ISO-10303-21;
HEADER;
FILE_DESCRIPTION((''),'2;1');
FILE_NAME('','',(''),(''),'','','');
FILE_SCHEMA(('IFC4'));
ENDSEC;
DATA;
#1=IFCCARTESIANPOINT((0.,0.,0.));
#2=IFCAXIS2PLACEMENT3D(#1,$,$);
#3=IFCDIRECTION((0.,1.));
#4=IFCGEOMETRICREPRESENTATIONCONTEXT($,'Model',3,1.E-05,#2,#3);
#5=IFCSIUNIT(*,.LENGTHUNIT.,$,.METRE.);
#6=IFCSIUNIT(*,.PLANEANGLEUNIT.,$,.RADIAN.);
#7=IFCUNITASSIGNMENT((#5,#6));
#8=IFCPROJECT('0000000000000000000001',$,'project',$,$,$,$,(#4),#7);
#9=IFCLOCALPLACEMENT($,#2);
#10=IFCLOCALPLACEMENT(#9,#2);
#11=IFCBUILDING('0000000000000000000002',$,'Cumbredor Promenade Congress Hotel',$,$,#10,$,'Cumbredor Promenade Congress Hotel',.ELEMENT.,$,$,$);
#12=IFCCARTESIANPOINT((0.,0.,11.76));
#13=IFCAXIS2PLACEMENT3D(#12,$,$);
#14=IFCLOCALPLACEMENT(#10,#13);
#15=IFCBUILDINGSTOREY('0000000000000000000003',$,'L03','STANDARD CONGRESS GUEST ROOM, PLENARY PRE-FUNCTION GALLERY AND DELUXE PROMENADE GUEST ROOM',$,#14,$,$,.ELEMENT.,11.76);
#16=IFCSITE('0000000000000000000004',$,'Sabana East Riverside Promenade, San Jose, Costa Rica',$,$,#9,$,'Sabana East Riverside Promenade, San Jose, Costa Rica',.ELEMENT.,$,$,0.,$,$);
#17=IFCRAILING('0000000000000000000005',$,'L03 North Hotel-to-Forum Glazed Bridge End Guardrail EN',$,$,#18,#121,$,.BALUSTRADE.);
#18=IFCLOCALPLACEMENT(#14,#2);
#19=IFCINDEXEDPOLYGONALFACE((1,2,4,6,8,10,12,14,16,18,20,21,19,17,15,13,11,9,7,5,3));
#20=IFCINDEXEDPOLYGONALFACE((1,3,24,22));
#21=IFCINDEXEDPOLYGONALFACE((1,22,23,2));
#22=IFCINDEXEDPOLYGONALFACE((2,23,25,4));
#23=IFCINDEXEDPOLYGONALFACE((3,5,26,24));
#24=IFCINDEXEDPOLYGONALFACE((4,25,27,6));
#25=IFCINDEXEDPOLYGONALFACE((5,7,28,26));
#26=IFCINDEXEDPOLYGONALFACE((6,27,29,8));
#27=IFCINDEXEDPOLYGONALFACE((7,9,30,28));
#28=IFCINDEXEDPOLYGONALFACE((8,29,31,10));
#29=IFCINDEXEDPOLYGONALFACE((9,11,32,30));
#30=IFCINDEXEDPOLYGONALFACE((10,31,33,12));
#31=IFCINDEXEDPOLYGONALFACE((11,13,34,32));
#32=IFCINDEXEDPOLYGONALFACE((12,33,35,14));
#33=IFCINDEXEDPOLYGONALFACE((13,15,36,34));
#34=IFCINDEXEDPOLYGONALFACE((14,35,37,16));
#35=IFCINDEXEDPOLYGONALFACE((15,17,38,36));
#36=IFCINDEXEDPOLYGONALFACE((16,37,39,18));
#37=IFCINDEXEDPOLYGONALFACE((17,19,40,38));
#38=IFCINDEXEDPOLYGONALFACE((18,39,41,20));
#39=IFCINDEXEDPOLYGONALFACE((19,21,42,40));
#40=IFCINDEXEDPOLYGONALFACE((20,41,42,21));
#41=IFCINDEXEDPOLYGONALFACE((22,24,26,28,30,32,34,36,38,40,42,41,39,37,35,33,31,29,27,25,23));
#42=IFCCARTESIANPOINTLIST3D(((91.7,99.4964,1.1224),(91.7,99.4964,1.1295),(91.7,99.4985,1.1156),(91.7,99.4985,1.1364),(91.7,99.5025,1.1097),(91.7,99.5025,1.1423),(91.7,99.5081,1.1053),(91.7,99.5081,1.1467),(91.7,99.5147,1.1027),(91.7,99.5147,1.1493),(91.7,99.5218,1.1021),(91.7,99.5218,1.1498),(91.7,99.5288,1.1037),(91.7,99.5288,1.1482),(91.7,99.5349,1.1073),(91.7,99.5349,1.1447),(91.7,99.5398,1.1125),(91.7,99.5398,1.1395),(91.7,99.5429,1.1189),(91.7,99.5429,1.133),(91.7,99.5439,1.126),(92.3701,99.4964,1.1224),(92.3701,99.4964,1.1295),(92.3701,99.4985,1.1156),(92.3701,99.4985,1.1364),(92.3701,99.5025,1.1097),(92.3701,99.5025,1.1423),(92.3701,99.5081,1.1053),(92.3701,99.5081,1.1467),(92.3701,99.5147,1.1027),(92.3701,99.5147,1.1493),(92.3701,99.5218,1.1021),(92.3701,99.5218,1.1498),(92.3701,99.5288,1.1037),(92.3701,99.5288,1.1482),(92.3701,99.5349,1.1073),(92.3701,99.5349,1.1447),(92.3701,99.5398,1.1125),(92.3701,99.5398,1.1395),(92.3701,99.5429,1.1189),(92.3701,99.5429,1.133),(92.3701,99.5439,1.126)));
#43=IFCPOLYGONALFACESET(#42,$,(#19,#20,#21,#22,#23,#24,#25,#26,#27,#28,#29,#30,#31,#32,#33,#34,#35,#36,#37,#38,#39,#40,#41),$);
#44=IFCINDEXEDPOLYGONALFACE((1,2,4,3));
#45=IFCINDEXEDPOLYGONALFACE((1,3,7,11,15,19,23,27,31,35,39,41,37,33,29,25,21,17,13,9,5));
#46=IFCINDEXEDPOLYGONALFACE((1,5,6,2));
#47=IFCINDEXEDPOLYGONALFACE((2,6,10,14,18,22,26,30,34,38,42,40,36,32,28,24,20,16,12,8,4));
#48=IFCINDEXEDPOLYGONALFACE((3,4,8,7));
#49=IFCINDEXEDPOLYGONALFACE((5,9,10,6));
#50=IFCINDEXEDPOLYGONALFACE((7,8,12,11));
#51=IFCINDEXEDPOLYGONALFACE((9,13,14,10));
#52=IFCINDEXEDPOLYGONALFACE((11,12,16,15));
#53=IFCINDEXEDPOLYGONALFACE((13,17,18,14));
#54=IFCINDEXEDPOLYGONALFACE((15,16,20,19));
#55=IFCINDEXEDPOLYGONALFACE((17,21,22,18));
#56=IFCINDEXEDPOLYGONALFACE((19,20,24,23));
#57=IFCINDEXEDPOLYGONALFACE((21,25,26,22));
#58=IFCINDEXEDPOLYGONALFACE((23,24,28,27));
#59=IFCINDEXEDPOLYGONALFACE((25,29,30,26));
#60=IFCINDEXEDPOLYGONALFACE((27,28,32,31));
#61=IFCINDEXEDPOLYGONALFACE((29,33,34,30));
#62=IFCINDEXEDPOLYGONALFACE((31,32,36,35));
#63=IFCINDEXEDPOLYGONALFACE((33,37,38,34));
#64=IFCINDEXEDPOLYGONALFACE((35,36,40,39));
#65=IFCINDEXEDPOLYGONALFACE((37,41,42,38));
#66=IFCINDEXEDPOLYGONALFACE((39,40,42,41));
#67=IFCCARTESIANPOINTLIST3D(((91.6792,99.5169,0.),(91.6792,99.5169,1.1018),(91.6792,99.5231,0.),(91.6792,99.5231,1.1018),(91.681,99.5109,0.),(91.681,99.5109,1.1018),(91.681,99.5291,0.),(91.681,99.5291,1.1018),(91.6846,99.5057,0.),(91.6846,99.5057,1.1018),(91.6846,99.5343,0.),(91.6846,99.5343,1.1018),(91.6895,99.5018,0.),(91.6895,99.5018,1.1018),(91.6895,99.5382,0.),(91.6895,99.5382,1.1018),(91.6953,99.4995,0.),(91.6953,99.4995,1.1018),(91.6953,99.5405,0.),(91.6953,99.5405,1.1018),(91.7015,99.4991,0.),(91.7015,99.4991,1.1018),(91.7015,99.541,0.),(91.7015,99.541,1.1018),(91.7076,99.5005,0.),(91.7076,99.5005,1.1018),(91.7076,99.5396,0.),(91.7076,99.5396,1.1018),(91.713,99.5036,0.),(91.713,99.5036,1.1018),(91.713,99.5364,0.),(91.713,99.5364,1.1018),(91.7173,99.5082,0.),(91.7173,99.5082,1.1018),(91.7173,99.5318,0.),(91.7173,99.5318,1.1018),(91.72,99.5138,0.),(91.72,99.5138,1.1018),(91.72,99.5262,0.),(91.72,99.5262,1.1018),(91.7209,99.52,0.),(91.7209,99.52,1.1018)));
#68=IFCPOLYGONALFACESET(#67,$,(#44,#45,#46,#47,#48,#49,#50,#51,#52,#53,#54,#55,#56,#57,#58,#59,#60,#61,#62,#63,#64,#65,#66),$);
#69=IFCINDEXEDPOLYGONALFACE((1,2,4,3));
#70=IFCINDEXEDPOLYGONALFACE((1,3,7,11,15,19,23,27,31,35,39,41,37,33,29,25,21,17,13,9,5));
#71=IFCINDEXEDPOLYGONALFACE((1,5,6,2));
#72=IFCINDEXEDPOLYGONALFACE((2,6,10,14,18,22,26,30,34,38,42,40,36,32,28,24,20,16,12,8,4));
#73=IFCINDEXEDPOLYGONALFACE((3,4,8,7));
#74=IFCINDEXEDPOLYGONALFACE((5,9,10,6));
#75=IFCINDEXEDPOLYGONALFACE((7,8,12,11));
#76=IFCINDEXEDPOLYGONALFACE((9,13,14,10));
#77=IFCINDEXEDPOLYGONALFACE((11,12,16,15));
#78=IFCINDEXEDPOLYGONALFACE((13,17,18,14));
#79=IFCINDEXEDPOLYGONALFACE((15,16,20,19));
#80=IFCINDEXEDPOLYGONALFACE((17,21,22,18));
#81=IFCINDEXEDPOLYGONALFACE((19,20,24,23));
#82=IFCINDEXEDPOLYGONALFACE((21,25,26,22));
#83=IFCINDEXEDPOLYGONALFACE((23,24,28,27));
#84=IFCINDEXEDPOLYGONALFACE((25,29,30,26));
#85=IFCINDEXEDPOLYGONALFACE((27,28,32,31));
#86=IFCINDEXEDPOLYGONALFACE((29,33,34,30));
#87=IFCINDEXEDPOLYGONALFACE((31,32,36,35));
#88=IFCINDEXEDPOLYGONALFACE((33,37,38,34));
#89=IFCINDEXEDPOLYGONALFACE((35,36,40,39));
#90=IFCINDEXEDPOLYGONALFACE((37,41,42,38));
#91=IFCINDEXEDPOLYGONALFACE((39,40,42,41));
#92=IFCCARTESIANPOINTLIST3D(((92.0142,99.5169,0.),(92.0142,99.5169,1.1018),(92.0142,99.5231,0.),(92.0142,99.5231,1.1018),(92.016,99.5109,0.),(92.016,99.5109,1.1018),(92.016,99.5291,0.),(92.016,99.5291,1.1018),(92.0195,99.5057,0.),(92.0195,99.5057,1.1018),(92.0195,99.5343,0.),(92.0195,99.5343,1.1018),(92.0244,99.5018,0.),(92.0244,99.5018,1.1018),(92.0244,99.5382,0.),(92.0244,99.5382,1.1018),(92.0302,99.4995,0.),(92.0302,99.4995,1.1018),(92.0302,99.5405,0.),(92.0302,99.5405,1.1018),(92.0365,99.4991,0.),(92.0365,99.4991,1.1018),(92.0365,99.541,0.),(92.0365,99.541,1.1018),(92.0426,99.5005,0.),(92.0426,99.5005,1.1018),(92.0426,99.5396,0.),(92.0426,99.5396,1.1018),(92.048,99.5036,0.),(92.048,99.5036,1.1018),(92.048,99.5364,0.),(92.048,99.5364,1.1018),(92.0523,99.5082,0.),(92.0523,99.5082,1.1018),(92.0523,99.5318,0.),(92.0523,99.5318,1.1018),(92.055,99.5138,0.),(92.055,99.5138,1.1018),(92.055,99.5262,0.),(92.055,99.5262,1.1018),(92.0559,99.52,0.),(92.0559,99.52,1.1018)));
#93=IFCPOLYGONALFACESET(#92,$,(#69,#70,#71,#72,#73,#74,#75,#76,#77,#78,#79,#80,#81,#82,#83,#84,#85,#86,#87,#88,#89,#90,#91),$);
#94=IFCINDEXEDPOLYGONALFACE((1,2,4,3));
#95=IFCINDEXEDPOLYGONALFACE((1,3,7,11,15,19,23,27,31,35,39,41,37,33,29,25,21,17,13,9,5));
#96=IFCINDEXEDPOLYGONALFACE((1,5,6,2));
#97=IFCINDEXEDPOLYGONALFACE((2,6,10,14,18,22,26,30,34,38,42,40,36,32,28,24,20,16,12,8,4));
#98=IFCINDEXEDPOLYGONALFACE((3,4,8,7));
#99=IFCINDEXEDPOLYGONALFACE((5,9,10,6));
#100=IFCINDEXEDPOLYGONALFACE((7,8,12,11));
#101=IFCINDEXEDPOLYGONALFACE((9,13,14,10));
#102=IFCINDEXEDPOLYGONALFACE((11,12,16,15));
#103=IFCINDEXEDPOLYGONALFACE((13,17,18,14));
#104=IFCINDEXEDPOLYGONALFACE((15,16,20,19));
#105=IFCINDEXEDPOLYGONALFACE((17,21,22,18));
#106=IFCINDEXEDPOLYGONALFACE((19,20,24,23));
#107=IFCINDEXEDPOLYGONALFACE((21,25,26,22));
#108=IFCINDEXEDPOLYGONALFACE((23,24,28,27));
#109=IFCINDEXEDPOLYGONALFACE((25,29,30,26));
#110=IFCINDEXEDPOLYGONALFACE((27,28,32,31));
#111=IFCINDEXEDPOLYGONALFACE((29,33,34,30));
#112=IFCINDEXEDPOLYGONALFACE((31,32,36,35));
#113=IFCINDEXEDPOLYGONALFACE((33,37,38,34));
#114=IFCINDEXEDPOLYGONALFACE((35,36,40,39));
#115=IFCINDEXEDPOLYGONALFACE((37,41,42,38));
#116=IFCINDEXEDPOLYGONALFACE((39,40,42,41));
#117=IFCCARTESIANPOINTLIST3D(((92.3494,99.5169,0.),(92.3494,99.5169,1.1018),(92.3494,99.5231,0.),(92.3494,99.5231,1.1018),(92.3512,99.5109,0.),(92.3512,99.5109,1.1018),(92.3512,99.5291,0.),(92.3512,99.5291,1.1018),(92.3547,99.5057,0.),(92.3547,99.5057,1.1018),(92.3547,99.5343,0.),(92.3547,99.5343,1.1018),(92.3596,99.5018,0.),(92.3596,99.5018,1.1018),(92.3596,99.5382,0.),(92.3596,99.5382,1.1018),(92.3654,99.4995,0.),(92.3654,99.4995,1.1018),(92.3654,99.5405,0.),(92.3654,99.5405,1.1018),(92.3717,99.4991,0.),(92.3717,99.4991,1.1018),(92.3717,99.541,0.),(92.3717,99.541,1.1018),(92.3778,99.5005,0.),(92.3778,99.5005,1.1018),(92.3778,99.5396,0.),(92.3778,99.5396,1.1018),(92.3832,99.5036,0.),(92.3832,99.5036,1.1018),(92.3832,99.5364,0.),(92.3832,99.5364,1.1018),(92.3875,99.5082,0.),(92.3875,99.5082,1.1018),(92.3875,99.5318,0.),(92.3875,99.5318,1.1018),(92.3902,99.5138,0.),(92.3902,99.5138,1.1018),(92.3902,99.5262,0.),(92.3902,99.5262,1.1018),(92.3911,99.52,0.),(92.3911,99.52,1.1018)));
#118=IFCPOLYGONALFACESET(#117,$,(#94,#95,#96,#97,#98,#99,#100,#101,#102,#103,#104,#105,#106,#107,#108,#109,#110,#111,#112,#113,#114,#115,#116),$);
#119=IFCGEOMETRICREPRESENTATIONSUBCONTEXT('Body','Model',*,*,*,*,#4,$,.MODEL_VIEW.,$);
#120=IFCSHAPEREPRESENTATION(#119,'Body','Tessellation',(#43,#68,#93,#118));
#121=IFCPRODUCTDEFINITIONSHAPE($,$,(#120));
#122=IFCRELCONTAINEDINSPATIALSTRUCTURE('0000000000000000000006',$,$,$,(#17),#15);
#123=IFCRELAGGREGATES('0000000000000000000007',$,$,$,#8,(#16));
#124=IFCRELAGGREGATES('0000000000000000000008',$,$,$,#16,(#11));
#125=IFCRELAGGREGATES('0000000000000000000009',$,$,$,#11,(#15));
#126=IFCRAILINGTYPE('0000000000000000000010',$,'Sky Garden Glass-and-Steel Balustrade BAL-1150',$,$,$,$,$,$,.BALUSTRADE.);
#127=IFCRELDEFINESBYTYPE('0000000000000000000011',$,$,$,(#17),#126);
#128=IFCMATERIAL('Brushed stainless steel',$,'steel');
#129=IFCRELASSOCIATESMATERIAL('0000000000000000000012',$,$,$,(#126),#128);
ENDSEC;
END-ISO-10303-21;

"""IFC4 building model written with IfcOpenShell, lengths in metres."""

from ifc_helpers import new_model, si_unit, direction, frame, origin, origin_2d, place, context, subcontext, project, spatial, circle, extrude, material, type_object, element, save


model = new_model("IFC4")

# Units and contexts
model_context = context("Model", 3, precision=1e-05, world=origin(), true_north=direction((0.0, 1.0)))
body_context = subcontext(model_context, "Body", "Model", "MODEL_VIEW")
ifc_project = project(units=[si_unit("LENGTHUNIT", "METRE"), si_unit("PLANEANGLEUNIT", "RADIAN")], contexts=[model_context])

# Site, building, storey
site_placement = place(None, origin())
site = spatial("IfcSite", under=ifc_project, at=site_placement, Name="Sabana East Riverside Promenade, San Jose, Costa Rica", LongName="Sabana East Riverside Promenade, San Jose, Costa Rica", CompositionType="ELEMENT", RefElevation=0.0)
building_placement = place(site_placement, origin())
building = spatial("IfcBuilding", under=site, at=building_placement, Name="Cumbredor Promenade Congress Hotel", LongName="Cumbredor Promenade Congress Hotel", CompositionType="ELEMENT")
storey_placement = place(building_placement, frame((0.0, 0.0, 11.76)))
storey = spatial("IfcBuildingStorey", under=building, at=storey_placement, Name="L03", Description="STANDARD CONGRESS GUEST ROOM, PLENARY PRE-FUNCTION GALLERY AND DELUXE PROMENADE GUEST ROOM", CompositionType="ELEMENT", Elevation=11.76)

# Railing
ifc_material_1 = material(Name="Brushed stainless steel", Category="steel")
railing_type = type_object("IfcRailingType", Name="Sky Garden Glass-and-Steel Balustrade BAL-1150", PredefinedType="BALUSTRADE", material=ifc_material_1)
railing_placement = place(storey_placement, frame((91.7, 99.52, 0.0)))
element("IfcRailing", 1, at=railing_placement, inside=storey, type_object=railing_type, Name="L03 North Hotel-to-Forum Glazed Bridge End Guardrail EN", PredefinedType="BALUSTRADE", context=body_context, shape_type="SweptSolid", body=[
    extrude(circle(Radius=0.0239, at=origin_2d()), frame((0.0, 0.0, 1.126), z_axis=(1.0, 0.0, 0.0), x_axis=(0.0, 1.0, 0.0)), (0.0, 0.0, 1.0), 0.6702),
    extrude(circle(Radius=0.021, at=origin_2d()), origin(), (0.0, 0.0, 1.0), 1.1018),
    extrude(circle(Radius=0.021, at=origin_2d()), frame((0.335, 0.0, 0.0)), (0.0, 0.0, 1.0), 1.1018),
    extrude(circle(Radius=0.021, at=origin_2d()), frame((0.6702, 0.0, 0.0)), (0.0, 0.0, 1.0), 1.1018),
])

save(model, "model.ifc")
